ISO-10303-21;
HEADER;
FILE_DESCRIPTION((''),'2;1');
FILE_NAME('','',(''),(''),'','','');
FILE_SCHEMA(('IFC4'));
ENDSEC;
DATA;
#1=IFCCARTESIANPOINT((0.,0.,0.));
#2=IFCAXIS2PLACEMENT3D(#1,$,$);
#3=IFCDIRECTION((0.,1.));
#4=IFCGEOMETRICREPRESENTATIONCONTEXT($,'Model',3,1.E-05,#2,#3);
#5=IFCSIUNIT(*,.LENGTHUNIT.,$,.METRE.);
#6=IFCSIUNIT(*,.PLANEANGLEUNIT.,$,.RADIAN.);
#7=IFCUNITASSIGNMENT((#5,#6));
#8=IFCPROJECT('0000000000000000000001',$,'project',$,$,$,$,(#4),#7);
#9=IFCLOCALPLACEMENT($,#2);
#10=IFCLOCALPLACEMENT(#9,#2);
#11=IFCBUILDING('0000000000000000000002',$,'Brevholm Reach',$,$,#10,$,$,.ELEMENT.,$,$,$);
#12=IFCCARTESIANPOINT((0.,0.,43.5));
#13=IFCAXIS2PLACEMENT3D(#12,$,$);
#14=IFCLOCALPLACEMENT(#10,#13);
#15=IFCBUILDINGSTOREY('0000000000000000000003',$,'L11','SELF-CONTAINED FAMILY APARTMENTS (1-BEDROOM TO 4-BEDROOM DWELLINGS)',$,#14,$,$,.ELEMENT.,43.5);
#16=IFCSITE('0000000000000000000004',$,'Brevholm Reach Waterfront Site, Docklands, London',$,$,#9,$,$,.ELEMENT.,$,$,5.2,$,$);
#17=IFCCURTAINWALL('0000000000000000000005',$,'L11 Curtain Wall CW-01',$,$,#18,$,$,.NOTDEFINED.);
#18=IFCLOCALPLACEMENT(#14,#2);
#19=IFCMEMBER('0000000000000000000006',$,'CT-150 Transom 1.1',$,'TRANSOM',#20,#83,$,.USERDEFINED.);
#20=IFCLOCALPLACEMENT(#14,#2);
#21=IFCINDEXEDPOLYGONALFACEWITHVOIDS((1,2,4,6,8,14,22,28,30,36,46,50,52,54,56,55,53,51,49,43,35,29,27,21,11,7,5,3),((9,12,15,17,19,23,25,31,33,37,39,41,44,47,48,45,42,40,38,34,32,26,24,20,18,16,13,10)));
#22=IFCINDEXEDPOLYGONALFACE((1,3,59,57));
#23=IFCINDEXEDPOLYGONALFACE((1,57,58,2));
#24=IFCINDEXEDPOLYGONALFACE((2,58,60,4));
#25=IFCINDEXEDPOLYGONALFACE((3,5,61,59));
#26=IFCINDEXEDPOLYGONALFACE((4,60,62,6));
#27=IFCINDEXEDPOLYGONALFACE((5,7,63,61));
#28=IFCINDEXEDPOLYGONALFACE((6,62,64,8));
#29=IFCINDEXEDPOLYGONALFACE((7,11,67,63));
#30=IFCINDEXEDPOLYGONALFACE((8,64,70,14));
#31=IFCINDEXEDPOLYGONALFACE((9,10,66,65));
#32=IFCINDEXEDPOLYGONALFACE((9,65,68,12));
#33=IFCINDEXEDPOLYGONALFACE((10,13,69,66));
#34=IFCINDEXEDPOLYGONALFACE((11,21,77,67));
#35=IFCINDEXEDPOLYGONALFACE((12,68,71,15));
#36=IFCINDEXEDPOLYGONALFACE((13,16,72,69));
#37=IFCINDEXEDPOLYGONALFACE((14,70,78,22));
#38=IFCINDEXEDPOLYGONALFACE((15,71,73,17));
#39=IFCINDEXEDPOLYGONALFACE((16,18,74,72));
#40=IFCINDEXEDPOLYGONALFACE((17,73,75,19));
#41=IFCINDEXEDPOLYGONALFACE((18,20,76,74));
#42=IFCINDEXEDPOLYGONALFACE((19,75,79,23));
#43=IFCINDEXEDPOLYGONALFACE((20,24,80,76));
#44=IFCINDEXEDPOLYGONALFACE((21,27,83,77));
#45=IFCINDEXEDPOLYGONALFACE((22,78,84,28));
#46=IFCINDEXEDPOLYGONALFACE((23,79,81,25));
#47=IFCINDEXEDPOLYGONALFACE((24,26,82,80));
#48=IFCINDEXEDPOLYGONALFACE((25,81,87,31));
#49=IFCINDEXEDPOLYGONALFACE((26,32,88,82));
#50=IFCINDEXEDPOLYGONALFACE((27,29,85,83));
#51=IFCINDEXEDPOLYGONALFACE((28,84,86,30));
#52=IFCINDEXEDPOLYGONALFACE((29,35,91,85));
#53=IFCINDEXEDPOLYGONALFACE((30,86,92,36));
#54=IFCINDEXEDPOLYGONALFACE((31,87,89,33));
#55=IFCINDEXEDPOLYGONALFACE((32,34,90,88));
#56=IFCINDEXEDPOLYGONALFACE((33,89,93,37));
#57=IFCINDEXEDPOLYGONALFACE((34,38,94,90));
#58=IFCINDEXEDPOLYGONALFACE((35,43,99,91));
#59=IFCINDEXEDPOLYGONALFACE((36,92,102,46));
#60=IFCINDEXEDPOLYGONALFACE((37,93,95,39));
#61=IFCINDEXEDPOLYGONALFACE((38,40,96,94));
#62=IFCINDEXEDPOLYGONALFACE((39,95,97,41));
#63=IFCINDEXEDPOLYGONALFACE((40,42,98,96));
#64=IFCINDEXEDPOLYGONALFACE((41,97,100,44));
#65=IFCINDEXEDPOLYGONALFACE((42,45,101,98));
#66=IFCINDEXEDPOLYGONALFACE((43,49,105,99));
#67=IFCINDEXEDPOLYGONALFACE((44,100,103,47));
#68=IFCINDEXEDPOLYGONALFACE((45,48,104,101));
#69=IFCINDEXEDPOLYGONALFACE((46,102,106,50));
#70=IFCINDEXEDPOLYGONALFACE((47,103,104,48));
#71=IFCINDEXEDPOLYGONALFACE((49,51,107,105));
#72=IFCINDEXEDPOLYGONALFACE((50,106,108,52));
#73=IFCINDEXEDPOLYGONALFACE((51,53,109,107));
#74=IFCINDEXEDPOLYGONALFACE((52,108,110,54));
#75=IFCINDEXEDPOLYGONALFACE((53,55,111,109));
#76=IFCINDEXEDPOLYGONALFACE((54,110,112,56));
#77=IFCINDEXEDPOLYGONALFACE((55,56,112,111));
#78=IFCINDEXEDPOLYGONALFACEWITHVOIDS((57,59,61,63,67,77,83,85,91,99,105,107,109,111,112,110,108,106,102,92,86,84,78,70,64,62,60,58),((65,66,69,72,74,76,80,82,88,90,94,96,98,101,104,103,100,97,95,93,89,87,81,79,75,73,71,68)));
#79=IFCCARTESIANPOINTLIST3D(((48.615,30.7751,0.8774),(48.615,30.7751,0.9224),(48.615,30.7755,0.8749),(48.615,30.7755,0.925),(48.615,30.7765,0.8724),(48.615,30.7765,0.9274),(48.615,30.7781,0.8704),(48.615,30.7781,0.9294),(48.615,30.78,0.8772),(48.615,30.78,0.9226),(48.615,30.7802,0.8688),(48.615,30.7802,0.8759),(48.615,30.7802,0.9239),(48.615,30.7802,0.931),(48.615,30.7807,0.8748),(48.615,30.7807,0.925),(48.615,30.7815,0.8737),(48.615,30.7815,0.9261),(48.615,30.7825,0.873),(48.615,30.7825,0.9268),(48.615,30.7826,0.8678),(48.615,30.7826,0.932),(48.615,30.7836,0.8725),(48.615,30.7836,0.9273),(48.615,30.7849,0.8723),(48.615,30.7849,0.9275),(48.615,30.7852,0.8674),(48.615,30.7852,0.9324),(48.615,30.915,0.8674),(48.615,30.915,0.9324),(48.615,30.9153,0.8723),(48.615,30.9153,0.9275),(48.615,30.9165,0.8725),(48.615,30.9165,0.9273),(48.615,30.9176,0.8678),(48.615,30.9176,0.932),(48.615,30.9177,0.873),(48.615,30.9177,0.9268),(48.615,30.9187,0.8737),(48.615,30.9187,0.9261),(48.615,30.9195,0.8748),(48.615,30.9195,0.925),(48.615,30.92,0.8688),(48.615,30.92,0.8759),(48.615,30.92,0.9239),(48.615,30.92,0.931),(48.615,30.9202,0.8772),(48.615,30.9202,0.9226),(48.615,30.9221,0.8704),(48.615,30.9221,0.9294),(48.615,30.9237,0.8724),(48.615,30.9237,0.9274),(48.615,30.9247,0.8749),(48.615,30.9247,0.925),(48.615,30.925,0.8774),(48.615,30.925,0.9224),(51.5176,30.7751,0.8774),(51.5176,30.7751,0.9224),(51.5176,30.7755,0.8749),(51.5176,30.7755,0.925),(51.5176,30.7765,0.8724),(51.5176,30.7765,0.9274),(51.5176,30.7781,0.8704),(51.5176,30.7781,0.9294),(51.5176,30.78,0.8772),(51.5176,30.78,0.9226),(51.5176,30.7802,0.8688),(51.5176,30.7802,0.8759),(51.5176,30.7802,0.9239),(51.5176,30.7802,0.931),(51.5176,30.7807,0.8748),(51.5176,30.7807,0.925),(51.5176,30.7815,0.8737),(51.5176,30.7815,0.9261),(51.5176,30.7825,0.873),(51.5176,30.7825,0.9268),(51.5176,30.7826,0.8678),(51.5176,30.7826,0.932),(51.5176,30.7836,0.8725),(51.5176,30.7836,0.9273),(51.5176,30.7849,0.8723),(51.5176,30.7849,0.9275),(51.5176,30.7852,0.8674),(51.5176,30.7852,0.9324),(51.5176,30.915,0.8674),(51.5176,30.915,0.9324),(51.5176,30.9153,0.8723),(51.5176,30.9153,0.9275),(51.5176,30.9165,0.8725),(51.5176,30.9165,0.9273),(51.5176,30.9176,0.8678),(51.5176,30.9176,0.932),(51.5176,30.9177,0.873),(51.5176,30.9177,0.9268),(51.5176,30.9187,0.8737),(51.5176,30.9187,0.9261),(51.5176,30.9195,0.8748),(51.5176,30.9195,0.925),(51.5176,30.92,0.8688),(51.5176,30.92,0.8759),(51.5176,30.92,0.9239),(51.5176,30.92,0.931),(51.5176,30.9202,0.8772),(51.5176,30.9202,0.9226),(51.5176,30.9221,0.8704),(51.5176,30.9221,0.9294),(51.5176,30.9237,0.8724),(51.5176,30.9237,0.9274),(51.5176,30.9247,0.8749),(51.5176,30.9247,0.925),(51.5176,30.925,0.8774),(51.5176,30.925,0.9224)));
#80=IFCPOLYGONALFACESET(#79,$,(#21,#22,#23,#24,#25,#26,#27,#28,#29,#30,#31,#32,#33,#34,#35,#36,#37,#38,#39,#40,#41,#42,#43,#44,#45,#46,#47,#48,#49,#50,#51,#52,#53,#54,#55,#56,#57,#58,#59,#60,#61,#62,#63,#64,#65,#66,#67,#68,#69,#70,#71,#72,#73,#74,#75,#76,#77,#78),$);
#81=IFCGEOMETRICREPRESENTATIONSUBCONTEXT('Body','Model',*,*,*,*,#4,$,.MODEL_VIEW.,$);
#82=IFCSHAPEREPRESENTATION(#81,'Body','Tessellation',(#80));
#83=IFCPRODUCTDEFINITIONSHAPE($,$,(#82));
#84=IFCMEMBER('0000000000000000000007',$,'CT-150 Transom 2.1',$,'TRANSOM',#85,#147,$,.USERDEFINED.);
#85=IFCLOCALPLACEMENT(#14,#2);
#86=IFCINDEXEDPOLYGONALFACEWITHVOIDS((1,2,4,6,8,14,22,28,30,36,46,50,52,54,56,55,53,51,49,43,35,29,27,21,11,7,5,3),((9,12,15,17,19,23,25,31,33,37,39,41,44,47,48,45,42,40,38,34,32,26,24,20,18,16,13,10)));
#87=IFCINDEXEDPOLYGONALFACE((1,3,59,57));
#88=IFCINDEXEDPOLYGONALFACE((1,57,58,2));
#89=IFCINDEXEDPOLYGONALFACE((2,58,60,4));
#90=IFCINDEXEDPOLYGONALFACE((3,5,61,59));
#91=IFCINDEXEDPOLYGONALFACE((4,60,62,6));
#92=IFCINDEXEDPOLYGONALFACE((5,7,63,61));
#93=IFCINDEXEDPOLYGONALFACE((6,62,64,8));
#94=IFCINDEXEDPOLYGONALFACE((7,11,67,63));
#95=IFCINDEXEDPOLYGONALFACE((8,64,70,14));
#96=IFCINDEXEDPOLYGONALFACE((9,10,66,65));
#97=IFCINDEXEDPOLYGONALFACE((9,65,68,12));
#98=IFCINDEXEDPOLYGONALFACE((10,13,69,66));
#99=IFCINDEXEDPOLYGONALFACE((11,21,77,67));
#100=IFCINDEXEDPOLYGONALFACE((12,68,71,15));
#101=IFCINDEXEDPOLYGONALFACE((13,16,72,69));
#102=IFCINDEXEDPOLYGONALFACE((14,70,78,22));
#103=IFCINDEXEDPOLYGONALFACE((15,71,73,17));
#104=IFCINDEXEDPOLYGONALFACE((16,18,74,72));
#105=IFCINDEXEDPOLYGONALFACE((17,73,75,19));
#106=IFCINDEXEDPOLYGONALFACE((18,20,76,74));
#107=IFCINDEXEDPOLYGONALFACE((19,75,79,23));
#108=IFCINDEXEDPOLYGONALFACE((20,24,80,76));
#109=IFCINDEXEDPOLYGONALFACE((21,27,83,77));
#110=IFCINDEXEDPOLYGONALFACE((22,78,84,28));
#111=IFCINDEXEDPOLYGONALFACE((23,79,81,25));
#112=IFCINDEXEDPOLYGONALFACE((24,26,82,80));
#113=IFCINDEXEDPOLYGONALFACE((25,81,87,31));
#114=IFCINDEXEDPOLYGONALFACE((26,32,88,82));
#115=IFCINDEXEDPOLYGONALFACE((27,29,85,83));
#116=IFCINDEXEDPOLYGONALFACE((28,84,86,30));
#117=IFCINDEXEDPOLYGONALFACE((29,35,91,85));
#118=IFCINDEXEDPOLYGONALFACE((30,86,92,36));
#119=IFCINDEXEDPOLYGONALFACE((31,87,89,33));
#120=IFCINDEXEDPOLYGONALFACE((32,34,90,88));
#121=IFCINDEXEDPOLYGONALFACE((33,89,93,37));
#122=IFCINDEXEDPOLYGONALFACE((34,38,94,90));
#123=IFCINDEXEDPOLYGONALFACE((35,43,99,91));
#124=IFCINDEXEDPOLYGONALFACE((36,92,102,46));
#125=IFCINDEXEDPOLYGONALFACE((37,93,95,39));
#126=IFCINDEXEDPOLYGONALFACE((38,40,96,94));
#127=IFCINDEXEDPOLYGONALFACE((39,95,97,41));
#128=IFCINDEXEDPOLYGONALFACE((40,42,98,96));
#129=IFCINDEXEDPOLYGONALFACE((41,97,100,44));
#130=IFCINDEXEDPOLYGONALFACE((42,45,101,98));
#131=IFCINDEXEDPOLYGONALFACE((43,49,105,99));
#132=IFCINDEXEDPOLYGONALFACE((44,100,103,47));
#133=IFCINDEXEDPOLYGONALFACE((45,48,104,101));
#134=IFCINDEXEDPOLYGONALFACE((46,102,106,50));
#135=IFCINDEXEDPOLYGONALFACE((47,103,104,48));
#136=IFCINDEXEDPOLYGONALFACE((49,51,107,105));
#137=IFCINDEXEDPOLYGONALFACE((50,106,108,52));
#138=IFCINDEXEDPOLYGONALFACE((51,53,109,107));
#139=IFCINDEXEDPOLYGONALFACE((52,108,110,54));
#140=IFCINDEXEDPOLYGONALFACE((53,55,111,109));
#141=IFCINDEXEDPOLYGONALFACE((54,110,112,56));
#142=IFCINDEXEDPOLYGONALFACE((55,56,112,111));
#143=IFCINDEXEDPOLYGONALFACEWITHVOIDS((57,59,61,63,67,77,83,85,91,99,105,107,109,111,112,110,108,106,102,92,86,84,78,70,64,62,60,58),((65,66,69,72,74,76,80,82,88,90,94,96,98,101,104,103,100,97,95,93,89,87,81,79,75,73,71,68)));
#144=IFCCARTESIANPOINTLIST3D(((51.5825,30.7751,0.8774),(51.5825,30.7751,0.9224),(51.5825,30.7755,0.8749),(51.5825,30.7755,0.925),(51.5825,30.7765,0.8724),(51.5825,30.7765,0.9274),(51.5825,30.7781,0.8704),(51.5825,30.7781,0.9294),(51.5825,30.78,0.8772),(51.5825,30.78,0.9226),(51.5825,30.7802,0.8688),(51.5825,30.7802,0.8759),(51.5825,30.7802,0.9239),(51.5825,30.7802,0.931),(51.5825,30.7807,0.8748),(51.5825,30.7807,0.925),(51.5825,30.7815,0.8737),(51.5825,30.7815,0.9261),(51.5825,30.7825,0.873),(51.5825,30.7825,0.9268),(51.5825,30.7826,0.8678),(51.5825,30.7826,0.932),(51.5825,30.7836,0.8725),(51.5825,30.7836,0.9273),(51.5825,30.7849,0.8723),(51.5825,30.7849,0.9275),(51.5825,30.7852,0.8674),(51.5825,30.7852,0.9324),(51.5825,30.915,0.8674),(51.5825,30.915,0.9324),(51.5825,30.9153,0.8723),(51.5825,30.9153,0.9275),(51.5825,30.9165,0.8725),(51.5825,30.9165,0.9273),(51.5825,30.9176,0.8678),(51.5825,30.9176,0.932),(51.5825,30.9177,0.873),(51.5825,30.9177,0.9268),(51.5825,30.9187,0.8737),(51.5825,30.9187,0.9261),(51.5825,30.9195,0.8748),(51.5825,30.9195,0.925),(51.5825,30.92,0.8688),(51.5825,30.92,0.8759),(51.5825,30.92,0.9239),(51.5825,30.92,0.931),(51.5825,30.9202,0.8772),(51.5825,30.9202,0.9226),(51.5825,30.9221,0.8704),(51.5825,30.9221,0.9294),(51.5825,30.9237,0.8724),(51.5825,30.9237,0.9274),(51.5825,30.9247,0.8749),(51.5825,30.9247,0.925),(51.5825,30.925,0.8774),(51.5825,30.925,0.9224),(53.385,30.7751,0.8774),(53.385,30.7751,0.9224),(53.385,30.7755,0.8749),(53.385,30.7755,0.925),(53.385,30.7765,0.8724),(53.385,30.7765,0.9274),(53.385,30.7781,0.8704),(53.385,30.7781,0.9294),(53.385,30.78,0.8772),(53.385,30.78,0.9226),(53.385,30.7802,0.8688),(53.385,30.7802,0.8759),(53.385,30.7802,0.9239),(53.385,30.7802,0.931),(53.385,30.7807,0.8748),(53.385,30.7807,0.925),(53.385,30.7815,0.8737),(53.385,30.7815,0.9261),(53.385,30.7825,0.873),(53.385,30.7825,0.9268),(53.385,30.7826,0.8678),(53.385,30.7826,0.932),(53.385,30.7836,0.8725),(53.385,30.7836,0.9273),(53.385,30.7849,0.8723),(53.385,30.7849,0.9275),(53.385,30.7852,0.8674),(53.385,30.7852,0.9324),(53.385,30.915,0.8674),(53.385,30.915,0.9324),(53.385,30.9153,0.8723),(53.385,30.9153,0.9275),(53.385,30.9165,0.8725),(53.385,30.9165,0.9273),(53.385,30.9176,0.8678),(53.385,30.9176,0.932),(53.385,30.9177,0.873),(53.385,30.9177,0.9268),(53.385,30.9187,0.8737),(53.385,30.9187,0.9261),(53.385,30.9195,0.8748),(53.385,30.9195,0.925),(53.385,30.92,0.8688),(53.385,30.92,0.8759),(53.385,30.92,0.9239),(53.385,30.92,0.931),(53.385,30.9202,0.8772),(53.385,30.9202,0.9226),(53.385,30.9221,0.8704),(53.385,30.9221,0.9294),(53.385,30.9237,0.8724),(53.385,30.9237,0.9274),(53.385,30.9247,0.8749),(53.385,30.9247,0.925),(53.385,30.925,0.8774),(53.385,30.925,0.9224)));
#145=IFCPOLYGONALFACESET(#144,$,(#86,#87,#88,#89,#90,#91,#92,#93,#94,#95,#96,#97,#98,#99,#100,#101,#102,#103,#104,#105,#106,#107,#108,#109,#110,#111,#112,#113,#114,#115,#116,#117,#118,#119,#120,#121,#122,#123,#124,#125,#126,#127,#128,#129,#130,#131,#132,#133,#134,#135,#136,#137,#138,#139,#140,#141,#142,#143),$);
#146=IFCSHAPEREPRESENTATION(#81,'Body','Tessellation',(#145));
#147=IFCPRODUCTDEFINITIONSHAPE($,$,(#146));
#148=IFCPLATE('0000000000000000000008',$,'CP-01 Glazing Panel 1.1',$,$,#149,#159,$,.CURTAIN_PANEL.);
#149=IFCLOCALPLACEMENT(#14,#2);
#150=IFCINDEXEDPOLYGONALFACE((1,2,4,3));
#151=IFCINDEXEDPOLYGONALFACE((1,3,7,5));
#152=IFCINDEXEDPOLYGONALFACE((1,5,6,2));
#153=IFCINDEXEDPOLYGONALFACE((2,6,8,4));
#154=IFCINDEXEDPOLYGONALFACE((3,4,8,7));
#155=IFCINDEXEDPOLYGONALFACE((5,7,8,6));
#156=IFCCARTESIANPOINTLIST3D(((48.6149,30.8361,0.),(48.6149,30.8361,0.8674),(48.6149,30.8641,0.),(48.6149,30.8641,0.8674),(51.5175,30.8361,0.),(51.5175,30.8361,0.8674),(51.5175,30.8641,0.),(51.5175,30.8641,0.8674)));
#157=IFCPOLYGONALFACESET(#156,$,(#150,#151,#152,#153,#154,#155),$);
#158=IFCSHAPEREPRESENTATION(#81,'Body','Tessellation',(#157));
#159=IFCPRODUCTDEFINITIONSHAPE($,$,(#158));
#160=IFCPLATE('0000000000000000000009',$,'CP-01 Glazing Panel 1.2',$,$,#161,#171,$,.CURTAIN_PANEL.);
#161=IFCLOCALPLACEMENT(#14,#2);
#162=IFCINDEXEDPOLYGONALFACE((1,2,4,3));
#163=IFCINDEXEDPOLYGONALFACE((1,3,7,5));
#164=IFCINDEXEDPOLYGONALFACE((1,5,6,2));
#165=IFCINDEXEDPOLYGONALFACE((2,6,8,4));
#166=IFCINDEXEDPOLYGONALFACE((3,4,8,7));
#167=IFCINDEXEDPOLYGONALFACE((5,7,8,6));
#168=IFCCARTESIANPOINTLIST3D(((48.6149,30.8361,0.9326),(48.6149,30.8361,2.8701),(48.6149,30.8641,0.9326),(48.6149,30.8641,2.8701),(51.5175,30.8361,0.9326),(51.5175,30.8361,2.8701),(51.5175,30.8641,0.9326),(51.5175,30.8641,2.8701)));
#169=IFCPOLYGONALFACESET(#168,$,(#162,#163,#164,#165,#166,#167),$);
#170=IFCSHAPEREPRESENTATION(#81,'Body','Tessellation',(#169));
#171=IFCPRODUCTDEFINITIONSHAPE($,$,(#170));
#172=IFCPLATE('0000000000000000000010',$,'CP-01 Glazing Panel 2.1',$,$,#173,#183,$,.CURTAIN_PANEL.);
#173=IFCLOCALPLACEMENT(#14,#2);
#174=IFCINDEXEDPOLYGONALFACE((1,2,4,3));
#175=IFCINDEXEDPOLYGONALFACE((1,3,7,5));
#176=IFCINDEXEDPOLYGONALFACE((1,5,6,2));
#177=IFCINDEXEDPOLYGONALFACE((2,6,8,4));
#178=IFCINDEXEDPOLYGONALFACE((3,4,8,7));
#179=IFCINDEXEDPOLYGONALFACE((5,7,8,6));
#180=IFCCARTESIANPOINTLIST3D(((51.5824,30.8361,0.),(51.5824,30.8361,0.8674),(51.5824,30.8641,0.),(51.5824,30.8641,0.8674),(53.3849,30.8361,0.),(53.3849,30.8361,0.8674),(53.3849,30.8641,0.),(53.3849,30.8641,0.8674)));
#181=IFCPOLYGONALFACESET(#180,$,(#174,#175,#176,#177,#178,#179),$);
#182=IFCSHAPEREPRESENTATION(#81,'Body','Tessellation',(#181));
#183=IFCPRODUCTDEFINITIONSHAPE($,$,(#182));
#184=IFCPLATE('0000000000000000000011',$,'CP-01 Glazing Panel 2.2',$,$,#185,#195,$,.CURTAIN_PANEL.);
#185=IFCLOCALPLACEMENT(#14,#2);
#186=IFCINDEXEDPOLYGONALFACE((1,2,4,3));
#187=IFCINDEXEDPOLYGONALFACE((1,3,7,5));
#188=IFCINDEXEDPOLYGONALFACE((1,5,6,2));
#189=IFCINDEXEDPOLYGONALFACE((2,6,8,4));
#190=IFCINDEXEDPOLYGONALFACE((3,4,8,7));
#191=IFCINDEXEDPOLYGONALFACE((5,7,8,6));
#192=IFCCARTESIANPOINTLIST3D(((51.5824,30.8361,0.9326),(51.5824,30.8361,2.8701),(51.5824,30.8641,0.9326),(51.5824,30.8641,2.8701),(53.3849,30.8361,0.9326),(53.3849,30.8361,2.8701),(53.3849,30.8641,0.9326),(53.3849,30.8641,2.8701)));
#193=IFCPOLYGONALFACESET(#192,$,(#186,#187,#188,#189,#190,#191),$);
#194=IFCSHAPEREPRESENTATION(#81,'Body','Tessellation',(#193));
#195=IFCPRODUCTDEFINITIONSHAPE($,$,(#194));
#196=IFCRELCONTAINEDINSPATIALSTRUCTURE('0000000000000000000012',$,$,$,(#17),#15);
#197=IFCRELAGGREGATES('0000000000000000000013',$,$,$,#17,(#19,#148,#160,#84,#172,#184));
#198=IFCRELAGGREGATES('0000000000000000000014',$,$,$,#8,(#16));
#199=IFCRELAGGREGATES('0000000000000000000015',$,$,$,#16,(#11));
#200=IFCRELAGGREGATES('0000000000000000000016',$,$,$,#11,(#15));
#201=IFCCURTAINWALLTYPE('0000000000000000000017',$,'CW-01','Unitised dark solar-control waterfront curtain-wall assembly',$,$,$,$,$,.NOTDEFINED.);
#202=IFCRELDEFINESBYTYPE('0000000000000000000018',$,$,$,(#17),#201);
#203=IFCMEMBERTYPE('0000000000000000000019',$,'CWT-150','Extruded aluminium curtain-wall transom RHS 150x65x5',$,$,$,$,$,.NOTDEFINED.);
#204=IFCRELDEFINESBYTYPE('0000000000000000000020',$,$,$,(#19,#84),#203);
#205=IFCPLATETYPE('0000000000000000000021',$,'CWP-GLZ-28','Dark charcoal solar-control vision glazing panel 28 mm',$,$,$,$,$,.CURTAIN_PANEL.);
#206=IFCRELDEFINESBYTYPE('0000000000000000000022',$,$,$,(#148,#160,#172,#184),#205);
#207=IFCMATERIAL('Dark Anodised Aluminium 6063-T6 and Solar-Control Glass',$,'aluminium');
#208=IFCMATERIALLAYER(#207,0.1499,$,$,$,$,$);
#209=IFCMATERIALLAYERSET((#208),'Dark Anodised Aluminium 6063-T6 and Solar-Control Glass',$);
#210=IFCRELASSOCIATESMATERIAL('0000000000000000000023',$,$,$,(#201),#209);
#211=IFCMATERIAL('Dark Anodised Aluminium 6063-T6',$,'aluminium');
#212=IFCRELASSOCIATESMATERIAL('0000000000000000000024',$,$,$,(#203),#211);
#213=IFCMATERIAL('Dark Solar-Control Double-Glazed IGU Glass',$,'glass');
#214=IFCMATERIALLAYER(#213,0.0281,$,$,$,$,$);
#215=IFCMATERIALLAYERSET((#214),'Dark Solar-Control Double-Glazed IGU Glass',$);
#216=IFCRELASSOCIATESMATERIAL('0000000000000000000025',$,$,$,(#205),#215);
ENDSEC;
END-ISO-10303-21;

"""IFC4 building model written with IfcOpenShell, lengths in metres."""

from ifc_helpers import new_model, si_unit, direction, frame, origin, origin_2d, place, context, subcontext, project, spatial, rectangle, hollow_rectangle, extrude, material, layer, layer_set, material_profile, profile_set, type_object, element, aggregate, save


model = new_model("IFC4")

# Units and contexts
model_context = context("Model", 3, precision=1e-05, world=origin(), true_north=direction((0.0, 1.0)))
body_context = subcontext(model_context, "Body", "Model", "MODEL_VIEW")
ifc_project = project(units=[si_unit("LENGTHUNIT", "METRE"), si_unit("PLANEANGLEUNIT", "RADIAN")], contexts=[model_context])

# Site, building, storey
site_placement = place(None, origin())
site = spatial("IfcSite", under=ifc_project, at=site_placement, Name="Brevholm Reach Waterfront Site, Docklands, London", CompositionType="ELEMENT", RefElevation=5.2)
building_placement = place(site_placement, origin())
building = spatial("IfcBuilding", under=site, at=building_placement, Name="Brevholm Reach", CompositionType="ELEMENT")
storey_placement = place(building_placement, frame((0.0, 0.0, 43.5)))
storey = spatial("IfcBuildingStorey", under=building, at=storey_placement, Name="L11", Description="SELF-CONTAINED FAMILY APARTMENTS (1-BEDROOM TO 4-BEDROOM DWELLINGS)", CompositionType="ELEMENT", Elevation=43.5)

# Curtain wall, members, plates
ifc_material_1 = material(Name="Dark Anodised Aluminium 6063-T6 and Solar-Control Glass", Category="aluminium")
ifc_layer_1 = layer(ifc_material_1, 0.1499)
ifc_layer_set_1 = layer_set([ifc_layer_1], Name="Dark Anodised Aluminium 6063-T6 and Solar-Control Glass")
curtain_wall_type = type_object("IfcCurtainWallType", Name="CW-01", Description="Unitised dark solar-control waterfront curtain-wall assembly", PredefinedType="NOTDEFINED", material=ifc_layer_set_1)
curtain_wall_placement = place(storey_placement, origin())
curtain_wall = element("IfcCurtainWall", 1, at=curtain_wall_placement, inside=storey, type_object=curtain_wall_type, Name="L11 Curtain Wall CW-01", PredefinedType="NOTDEFINED")
ifc_material_2 = material(Name="Dark Anodised Aluminium 6063-T6", Category="aluminium")
ifc_material_profile_1 = material_profile(ifc_material_2, hollow_rectangle(XDim=0.0649, YDim=0.1499, WallThickness=0.0049, InnerFilletRadius=0.0049, OuterFilletRadius=0.01, at=origin_2d()), Name="RHS 150x65x5")
ifc_profile_set_1 = profile_set([ifc_material_profile_1], Name="Dark Anodised Aluminium 6063-T6")
member_type_1 = type_object("IfcMemberType", Name="CWT-150", Description="Extruded aluminium curtain-wall transom RHS 150x65x5", PredefinedType="NOTDEFINED", material=ifc_profile_set_1)
member_1_placement = place(storey_placement, frame((48.615, 30.8501, 0.8999), z_axis=(1.0, 0.0, 0.0), x_axis=(0.0, 0.0, 1.0)))
member_1 = element("IfcMember", 2, at=member_1_placement, type_object=member_type_1, Name="CT-150 Transom 1.1", ObjectType="TRANSOM", PredefinedType="USERDEFINED", context=body_context, shape_type="SweptSolid", body=[
    extrude(hollow_rectangle(XDim=0.0649, YDim=0.1499, WallThickness=0.0049, InnerFilletRadius=0.0049, OuterFilletRadius=0.01, at=origin_2d()), origin(), (0.0, 0.0, 1.0), 2.9026),
])
member_2_placement = place(storey_placement, frame((51.5825, 30.8501, 0.8999), z_axis=(1.0, 0.0, 0.0), x_axis=(0.0, 0.0, 1.0)))
member_2 = element("IfcMember", 3, at=member_2_placement, type_object=member_type_1, Name="CT-150 Transom 2.1", ObjectType="TRANSOM", PredefinedType="USERDEFINED", context=body_context, shape_type="SweptSolid", body=[
    extrude(hollow_rectangle(XDim=0.0649, YDim=0.1499, WallThickness=0.0049, InnerFilletRadius=0.0049, OuterFilletRadius=0.01, at=origin_2d()), origin(), (0.0, 0.0, 1.0), 1.8025),
])
ifc_material_3 = material(Name="Dark Solar-Control Double-Glazed IGU Glass", Category="glass")
ifc_layer_2 = layer(ifc_material_3, 0.0281)
ifc_layer_set_2 = layer_set([ifc_layer_2], Name="Dark Solar-Control Double-Glazed IGU Glass")
plate_type = type_object("IfcPlateType", Name="CWP-GLZ-28", Description="Dark charcoal solar-control vision glazing panel 28 mm", PredefinedType="CURTAIN_PANEL", material=ifc_layer_set_2)
plate_1_placement = place(storey_placement, frame((50.0662, 30.8501, 0.0), z_axis=(0.0, 0.0, 1.0), x_axis=(1.0, 0.0, 0.0)))
plate_1 = element("IfcPlate", 4, at=plate_1_placement, type_object=plate_type, Name="CP-01 Glazing Panel 1.1", PredefinedType="CURTAIN_PANEL", context=body_context, shape_type="SweptSolid", body=[
    extrude(rectangle(XDim=2.9026, YDim=0.0281, at=origin_2d()), origin(), (0.0, 0.0, 1.0), 0.8674),
])
plate_2_placement = place(storey_placement, frame((50.0662, 30.8501, 0.9326), z_axis=(0.0, 0.0, 1.0), x_axis=(1.0, 0.0, 0.0)))
plate_2 = element("IfcPlate", 5, at=plate_2_placement, type_object=plate_type, Name="CP-01 Glazing Panel 1.2", PredefinedType="CURTAIN_PANEL", context=body_context, shape_type="SweptSolid", body=[
    extrude(rectangle(XDim=2.9026, YDim=0.0281, at=origin_2d()), origin(), (0.0, 0.0, 1.0), 1.9375),
])
plate_3_placement = place(storey_placement, frame((52.4836, 30.8501, 0.0), z_axis=(0.0, 0.0, 1.0), x_axis=(1.0, 0.0, 0.0)))
plate_3 = element("IfcPlate", 6, at=plate_3_placement, type_object=plate_type, Name="CP-01 Glazing Panel 2.1", PredefinedType="CURTAIN_PANEL", context=body_context, shape_type="SweptSolid", body=[
    extrude(rectangle(XDim=1.8025, YDim=0.0281, at=origin_2d()), origin(), (0.0, 0.0, 1.0), 0.8674),
])
plate_4_placement = place(storey_placement, frame((52.4836, 30.8501, 0.9326), z_axis=(0.0, 0.0, 1.0), x_axis=(1.0, 0.0, 0.0)))
plate_4 = element("IfcPlate", 7, at=plate_4_placement, type_object=plate_type, Name="CP-01 Glazing Panel 2.2", PredefinedType="CURTAIN_PANEL", context=body_context, shape_type="SweptSolid", body=[
    extrude(rectangle(XDim=1.8025, YDim=0.0281, at=origin_2d()), origin(), (0.0, 0.0, 1.0), 1.9375),
])
aggregate(curtain_wall, [member_1, plate_1, plate_2, member_2, plate_3, plate_4])

save(model, "model.ifc")
